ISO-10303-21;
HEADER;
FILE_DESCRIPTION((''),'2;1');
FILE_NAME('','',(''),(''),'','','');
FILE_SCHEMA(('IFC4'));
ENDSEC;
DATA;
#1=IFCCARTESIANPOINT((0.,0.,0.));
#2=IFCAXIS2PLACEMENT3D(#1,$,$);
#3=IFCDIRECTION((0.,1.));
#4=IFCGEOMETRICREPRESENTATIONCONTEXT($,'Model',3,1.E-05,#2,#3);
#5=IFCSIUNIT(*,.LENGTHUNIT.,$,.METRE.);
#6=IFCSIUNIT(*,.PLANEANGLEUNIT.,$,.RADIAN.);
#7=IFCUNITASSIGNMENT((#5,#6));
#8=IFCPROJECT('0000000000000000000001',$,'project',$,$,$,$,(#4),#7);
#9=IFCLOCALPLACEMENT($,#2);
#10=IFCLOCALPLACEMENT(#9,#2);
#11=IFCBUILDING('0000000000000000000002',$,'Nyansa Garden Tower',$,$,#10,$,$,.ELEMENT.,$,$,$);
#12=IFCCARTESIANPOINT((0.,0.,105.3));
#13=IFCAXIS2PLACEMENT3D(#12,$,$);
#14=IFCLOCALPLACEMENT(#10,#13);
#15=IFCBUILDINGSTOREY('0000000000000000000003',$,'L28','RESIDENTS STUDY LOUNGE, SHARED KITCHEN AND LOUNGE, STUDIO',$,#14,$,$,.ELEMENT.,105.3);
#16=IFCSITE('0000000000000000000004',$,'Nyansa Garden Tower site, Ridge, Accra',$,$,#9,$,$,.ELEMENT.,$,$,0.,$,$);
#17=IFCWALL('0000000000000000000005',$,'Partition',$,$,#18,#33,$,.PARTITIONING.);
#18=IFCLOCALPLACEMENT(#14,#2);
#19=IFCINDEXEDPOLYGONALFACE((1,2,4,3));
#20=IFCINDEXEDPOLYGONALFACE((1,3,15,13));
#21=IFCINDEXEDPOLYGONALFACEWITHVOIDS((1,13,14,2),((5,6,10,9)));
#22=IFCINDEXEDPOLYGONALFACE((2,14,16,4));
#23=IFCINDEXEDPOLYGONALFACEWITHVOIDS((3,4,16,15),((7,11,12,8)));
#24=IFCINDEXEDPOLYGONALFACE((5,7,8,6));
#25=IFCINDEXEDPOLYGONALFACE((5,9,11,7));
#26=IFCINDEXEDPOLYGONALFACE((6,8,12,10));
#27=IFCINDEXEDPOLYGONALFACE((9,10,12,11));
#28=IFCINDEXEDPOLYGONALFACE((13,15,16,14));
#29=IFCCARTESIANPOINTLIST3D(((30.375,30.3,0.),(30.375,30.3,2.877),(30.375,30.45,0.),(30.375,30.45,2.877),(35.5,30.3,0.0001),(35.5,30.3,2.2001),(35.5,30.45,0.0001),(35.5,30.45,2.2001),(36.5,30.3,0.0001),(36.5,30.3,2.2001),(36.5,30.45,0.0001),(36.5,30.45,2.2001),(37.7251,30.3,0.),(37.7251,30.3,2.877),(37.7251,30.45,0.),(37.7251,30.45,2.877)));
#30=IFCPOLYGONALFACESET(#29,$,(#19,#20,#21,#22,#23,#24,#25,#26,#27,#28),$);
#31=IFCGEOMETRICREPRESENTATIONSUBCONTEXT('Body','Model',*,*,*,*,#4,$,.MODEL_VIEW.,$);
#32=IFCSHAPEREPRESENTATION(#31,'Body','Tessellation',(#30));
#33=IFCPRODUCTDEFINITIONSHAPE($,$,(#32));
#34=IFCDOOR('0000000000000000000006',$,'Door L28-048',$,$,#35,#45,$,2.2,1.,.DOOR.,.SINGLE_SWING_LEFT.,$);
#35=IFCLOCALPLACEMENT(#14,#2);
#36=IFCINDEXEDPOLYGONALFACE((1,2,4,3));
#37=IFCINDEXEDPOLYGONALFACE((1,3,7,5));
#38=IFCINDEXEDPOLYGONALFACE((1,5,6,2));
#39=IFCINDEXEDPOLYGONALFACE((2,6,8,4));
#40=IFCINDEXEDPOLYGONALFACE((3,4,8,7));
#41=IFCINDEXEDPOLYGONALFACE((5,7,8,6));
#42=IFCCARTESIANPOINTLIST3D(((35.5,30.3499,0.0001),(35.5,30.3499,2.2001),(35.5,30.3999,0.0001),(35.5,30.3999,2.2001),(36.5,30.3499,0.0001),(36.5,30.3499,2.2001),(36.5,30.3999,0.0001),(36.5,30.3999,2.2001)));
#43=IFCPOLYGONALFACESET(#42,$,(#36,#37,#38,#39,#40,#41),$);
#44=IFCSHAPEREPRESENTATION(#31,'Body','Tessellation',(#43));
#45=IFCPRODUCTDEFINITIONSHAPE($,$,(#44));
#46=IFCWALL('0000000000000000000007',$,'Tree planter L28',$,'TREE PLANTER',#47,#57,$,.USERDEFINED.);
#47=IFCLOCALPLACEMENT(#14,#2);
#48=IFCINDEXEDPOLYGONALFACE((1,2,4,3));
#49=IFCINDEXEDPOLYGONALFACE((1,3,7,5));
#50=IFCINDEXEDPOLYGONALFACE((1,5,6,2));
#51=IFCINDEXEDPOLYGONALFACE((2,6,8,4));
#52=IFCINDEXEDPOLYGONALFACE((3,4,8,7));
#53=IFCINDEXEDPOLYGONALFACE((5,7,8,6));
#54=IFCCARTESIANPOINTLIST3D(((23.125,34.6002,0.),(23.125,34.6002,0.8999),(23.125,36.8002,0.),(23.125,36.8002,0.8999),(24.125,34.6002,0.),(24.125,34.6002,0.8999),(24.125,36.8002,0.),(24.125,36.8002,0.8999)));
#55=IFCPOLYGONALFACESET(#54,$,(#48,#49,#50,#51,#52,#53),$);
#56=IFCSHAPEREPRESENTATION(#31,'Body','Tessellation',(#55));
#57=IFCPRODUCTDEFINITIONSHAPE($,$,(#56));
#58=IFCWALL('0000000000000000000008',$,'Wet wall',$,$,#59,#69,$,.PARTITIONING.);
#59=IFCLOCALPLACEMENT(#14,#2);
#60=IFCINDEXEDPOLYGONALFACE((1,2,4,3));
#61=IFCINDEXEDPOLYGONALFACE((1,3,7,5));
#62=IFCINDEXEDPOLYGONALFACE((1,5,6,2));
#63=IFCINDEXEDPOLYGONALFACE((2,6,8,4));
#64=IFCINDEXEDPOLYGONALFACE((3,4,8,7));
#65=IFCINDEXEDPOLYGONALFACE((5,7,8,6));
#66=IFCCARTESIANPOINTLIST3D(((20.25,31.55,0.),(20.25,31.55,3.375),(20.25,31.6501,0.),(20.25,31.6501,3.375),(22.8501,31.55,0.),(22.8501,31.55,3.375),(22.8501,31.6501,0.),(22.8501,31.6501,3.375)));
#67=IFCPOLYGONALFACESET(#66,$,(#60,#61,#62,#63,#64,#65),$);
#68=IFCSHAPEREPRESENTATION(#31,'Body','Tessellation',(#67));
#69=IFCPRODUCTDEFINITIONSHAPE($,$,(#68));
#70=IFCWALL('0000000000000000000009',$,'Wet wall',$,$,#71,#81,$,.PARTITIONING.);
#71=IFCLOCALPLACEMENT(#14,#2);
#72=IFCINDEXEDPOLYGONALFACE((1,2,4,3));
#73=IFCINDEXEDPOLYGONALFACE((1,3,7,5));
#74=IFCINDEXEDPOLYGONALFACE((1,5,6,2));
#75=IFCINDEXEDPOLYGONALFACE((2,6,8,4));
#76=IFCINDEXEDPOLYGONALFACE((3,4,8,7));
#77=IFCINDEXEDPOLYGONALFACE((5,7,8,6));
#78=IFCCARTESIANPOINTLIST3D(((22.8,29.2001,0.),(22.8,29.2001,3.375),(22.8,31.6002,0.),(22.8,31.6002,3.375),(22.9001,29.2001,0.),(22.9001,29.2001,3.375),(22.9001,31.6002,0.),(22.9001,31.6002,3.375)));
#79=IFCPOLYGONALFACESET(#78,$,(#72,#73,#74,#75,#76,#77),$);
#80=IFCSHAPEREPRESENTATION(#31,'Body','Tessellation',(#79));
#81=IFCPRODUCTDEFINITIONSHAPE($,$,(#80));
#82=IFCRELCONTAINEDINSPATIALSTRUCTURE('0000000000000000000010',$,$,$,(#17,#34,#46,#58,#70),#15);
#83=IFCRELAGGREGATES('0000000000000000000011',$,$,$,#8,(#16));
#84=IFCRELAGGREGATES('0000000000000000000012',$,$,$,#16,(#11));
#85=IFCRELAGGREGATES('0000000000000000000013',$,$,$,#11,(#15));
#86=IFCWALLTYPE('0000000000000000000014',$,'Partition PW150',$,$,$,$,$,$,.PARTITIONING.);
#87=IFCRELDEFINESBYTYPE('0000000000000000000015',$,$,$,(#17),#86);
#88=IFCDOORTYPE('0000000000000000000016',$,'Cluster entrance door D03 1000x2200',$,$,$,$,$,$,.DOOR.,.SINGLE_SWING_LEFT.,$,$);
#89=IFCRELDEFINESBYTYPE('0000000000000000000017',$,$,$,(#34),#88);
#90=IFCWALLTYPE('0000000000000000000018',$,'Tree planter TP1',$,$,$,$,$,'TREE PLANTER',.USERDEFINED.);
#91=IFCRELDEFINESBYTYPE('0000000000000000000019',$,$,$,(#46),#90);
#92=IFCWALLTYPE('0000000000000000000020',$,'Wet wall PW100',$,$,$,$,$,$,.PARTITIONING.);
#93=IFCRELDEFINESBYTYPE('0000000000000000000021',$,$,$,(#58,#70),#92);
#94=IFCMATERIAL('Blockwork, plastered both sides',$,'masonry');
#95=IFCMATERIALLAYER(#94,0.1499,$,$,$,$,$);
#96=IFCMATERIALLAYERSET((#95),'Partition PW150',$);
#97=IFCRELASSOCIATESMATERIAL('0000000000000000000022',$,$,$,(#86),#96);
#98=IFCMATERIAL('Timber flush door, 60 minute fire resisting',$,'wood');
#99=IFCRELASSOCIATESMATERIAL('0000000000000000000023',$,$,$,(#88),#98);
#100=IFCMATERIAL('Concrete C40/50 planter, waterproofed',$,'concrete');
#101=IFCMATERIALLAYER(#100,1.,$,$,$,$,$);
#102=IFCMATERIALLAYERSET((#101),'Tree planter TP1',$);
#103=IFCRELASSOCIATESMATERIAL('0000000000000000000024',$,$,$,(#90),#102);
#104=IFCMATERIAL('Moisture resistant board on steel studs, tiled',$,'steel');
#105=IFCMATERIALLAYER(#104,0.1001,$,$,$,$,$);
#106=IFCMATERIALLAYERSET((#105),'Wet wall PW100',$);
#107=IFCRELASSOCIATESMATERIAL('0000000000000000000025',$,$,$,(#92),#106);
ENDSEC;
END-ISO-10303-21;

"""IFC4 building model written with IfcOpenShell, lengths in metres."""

from ifc_helpers import new_model, si_unit, direction, frame, frame_2d, origin, place, context, subcontext, project, spatial, rectangle, extrude, material, layer, layer_set, type_object, element, fill, save


model = new_model("IFC4")

# Units and contexts
model_context = context("Model", 3, precision=1e-05, world=origin(), true_north=direction((0.0, 1.0)))
body_context = subcontext(model_context, "Body", "Model", "MODEL_VIEW")
ifc_project = project(units=[si_unit("LENGTHUNIT", "METRE"), si_unit("PLANEANGLEUNIT", "RADIAN")], contexts=[model_context])

# Site, building, storey
site_placement = place(None, origin())
site = spatial("IfcSite", under=ifc_project, at=site_placement, Name="Nyansa Garden Tower site, Ridge, Accra", CompositionType="ELEMENT", RefElevation=0.0)
building_placement = place(site_placement, origin())
building = spatial("IfcBuilding", under=site, at=building_placement, Name="Nyansa Garden Tower", CompositionType="ELEMENT")
storey_placement = place(building_placement, frame((0.0, 0.0, 105.3)))
storey = spatial("IfcBuildingStorey", under=building, at=storey_placement, Name="L28", Description="RESIDENTS STUDY LOUNGE, SHARED KITCHEN AND LOUNGE, STUDIO", CompositionType="ELEMENT", Elevation=105.3)

# Shared definitions
ifc_material_1 = material(Name="Blockwork, plastered both sides", Category="masonry")
ifc_layer_1 = layer(ifc_material_1, 0.1499)
ifc_layer_set_1 = layer_set([ifc_layer_1], Name="Partition PW150")
wall_type_1 = type_object("IfcWallType", Name="Partition PW150", PredefinedType="PARTITIONING", material=ifc_layer_set_1)

# Wall, opening, door
wall_1_placement = place(storey_placement, frame((30.375, 30.375, 0.0), z_axis=(0.0, 0.0, 1.0), x_axis=(1.0, 0.0, 0.0)))
wall_1 = element("IfcWall", 1, at=wall_1_placement, inside=storey, type_object=wall_type_1, Name="Partition", PredefinedType="PARTITIONING", context=body_context, shape_type="SweptSolid", body=[
    extrude(rectangle(XDim=7.3501, YDim=0.1499, at=frame_2d((3.675, 0.0))), origin(), (0.0, 0.0, 1.0), 2.877),
])
opening_1_placement = place(wall_1_placement, frame((5.125, 0.0, 0.0)))
opening_1 = element("IfcOpeningElement", 2, at=opening_1_placement, cuts=wall_1, PredefinedType="OPENING", context=body_context, shape_type="SweptSolid", body=[
    extrude(rectangle(XDim=1.0, YDim=2.2, at=frame_2d((0.5, 1.1001))), frame((0.0, 0.085, 0.0), z_axis=(0.0, -1.0, 0.0), x_axis=(1.0, 0.0, 0.0)), (0.0, 0.0, 1.0), 0.1699),
])
ifc_material_2 = material(Name="Timber flush door, 60 minute fire resisting", Category="wood")
door_type_1 = type_object("IfcDoorType", Name="Cluster entrance door D03 1000x2200", OperationType="SINGLE_SWING_LEFT", PredefinedType="DOOR", material=ifc_material_2)
door_1_placement = place(opening_1_placement, origin())
door_1 = element("IfcDoor", 3, at=door_1_placement, inside=storey, type_object=door_type_1, Name="Door L28-048", OperationType="SINGLE_SWING_LEFT", OverallHeight=2.2, OverallWidth=1.0, PredefinedType="DOOR", context=body_context, shape_type="SweptSolid", body=[
    extrude(rectangle(XDim=1.0, YDim=2.2, at=frame_2d((0.5, 1.1001))), frame((0.0, 0.0249, 0.0), z_axis=(0.0, -1.0, 0.0), x_axis=(1.0, 0.0, 0.0)), (0.0, 0.0, 1.0), 0.05),
])
fill(opening_1, door_1)

# Walls
ifc_material_3 = material(Name="Concrete C40/50 planter, waterproofed", Category="concrete")
ifc_layer_2 = layer(ifc_material_3, 1.0)
ifc_layer_set_2 = layer_set([ifc_layer_2], Name="Tree planter TP1")
wall_type_2 = type_object("IfcWallType", Name="Tree planter TP1", ElementType="TREE PLANTER", PredefinedType="USERDEFINED", material=ifc_layer_set_2)
wall_2_placement = place(storey_placement, frame((23.625, 34.6001, 0.0), z_axis=(0.0, 0.0, 1.0), x_axis=(0.0, 1.0, 0.0)))
element("IfcWall", 4, at=wall_2_placement, inside=storey, type_object=wall_type_2, Name="Tree planter L28", ObjectType="TREE PLANTER", PredefinedType="USERDEFINED", context=body_context, shape_type="SweptSolid", body=[
    extrude(rectangle(XDim=2.2, YDim=1.0, at=frame_2d((1.1001, 0.0))), origin(), (0.0, 0.0, 1.0), 0.8999),
])
ifc_material_4 = material(Name="Moisture resistant board on steel studs, tiled", Category="steel")
ifc_layer_3 = layer(ifc_material_4, 0.1001)
ifc_layer_set_3 = layer_set([ifc_layer_3], Name="Wet wall PW100")
wall_type_3 = type_object("IfcWallType", Name="Wet wall PW100", PredefinedType="PARTITIONING", material=ifc_layer_set_3)
wall_3_placement = place(storey_placement, frame((20.25, 31.6001, 0.0), z_axis=(0.0, 0.0, 1.0), x_axis=(1.0, 0.0, 0.0)))
element("IfcWall", 5, at=wall_3_placement, inside=storey, type_object=wall_type_3, Name="Wet wall", PredefinedType="PARTITIONING", context=body_context, shape_type="SweptSolid", body=[
    extrude(rectangle(XDim=2.6001, YDim=0.1001, at=frame_2d((1.3, 0.0))), origin(), (0.0, 0.0, 1.0), 3.375),
])
wall_4_placement = place(storey_placement, frame((22.8501, 29.2, 0.0), z_axis=(0.0, 0.0, 1.0), x_axis=(0.0, 1.0, 0.0)))
element("IfcWall", 6, at=wall_4_placement, inside=storey, type_object=wall_type_3, Name="Wet wall", PredefinedType="PARTITIONING", context=body_context, shape_type="SweptSolid", body=[
    extrude(rectangle(XDim=2.4001, YDim=0.1001, at=frame_2d((1.2002, 0.0))), origin(), (0.0, 0.0, 1.0), 3.375),
])

save(model, "model.ifc")
